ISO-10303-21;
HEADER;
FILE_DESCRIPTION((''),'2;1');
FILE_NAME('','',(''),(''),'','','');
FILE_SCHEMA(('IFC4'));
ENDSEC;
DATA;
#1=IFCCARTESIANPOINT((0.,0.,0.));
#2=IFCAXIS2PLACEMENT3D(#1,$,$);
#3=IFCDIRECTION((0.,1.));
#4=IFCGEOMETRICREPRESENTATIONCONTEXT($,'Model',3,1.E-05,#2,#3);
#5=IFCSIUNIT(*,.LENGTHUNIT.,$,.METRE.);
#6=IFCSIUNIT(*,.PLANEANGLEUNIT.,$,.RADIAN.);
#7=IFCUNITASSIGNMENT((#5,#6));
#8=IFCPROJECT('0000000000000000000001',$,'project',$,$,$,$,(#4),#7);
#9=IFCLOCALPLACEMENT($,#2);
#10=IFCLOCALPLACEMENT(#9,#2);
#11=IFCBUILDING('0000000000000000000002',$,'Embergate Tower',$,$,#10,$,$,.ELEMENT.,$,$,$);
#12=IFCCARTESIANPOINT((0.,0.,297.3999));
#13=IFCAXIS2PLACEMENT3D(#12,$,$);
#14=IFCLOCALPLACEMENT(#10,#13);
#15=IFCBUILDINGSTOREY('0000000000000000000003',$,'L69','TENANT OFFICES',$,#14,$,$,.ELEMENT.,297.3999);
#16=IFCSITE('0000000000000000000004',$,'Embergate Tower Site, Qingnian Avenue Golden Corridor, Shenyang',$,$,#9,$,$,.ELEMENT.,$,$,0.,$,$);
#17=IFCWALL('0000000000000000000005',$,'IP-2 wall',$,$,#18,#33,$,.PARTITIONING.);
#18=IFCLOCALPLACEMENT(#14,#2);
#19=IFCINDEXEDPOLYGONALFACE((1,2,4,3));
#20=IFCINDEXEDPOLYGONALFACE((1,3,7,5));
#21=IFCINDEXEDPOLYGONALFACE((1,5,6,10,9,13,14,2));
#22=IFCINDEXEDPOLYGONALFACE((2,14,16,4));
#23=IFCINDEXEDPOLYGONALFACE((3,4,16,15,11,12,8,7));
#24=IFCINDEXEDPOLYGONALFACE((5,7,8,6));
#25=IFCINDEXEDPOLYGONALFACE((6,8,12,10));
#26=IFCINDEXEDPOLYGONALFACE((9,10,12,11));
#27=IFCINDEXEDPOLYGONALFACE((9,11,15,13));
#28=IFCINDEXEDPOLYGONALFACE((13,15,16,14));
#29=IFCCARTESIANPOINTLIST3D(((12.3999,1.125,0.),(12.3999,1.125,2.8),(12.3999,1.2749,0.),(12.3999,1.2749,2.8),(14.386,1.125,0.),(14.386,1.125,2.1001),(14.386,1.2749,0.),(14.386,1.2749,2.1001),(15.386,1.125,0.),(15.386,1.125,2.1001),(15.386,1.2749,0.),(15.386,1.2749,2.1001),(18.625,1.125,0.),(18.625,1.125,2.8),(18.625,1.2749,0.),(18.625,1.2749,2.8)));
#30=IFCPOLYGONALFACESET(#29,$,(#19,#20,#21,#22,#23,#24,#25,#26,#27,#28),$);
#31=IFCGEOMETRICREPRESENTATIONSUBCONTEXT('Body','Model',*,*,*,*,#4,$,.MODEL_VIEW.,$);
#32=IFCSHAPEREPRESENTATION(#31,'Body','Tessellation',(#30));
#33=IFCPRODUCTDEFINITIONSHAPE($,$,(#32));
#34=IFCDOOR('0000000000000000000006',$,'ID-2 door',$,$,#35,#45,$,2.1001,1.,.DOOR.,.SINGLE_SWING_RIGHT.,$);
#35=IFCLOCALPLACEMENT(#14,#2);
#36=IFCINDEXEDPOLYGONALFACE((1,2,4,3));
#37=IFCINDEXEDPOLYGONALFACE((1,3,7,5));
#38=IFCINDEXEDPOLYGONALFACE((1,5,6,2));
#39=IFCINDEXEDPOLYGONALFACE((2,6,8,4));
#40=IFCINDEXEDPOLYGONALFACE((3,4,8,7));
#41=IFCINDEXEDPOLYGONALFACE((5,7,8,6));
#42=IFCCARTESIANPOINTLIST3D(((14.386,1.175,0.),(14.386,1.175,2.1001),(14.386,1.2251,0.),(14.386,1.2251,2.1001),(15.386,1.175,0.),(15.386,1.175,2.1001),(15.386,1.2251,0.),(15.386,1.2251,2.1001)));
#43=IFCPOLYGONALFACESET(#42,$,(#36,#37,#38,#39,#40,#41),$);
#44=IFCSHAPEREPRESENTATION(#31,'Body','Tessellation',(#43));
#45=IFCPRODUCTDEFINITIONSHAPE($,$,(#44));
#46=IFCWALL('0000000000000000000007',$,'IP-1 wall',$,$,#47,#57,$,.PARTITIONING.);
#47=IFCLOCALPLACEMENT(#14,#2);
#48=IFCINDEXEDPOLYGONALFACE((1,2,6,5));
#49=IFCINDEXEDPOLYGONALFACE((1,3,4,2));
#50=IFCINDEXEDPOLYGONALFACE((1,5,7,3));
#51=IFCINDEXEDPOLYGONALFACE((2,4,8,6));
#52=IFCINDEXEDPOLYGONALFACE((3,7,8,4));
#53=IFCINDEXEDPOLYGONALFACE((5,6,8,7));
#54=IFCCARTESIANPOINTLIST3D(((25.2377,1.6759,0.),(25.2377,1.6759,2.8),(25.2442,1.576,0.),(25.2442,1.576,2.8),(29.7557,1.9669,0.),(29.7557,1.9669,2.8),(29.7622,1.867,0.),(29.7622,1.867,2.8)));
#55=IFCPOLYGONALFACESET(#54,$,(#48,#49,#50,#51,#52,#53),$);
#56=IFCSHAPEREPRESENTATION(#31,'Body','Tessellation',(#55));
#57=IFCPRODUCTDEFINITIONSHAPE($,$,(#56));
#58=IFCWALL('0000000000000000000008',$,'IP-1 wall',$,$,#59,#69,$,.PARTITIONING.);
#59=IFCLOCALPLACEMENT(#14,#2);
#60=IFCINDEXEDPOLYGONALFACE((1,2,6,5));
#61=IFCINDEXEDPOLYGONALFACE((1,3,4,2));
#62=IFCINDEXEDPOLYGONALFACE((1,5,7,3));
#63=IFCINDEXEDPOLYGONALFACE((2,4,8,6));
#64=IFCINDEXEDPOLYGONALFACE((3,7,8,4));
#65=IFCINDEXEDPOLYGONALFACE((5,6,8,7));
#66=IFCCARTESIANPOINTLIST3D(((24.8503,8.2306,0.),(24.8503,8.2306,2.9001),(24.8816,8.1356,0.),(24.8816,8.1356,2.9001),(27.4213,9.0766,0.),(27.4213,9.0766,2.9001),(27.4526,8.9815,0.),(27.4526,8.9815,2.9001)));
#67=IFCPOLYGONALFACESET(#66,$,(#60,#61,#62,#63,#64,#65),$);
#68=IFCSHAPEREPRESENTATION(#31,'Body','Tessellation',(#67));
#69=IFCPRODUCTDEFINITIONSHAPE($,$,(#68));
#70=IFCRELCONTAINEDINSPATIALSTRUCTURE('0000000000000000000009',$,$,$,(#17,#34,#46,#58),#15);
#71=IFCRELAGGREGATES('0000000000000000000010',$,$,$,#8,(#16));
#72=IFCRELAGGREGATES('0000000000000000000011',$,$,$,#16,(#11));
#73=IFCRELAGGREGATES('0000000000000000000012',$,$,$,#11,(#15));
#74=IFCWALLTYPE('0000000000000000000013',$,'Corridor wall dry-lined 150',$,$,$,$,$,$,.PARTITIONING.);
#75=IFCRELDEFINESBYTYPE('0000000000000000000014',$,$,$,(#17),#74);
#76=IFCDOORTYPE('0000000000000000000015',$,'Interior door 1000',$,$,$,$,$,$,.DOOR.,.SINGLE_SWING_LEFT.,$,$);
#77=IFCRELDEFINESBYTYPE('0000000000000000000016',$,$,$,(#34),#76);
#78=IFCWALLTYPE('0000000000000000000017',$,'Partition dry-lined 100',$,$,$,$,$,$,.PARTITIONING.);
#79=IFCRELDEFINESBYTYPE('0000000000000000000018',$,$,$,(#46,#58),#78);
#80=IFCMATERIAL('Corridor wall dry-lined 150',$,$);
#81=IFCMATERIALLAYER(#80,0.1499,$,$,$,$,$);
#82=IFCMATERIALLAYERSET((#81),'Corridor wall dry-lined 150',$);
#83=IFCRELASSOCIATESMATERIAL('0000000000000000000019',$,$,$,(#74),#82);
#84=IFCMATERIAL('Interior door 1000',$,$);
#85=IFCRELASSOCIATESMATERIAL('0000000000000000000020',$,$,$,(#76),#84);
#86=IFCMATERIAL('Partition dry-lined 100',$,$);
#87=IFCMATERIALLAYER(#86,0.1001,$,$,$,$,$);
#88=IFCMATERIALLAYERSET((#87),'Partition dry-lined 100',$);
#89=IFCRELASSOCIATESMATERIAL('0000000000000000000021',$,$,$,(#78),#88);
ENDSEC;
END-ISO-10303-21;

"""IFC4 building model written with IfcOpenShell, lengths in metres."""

from ifc_helpers import new_model, si_unit, direction, frame, frame_2d, origin, place, context, subcontext, project, spatial, rectangle, extrude, source, transform, mapped, material, layer, layer_set, type_object, element, fill, save


model = new_model("IFC4")

# Units and contexts
model_context = context("Model", 3, precision=1e-05, world=origin(), true_north=direction((0.0, 1.0)))
body_context = subcontext(model_context, "Body", "Model", "MODEL_VIEW")
ifc_project = project(units=[si_unit("LENGTHUNIT", "METRE"), si_unit("PLANEANGLEUNIT", "RADIAN")], contexts=[model_context])

# Site, building, storey
site_placement = place(None, origin())
site = spatial("IfcSite", under=ifc_project, at=site_placement, Name="Embergate Tower Site, Qingnian Avenue Golden Corridor, Shenyang", CompositionType="ELEMENT", RefElevation=0.0)
building_placement = place(site_placement, origin())
building = spatial("IfcBuilding", under=site, at=building_placement, Name="Embergate Tower", CompositionType="ELEMENT")
storey_placement = place(building_placement, frame((0.0, 0.0, 297.3999)))
storey = spatial("IfcBuildingStorey", under=building, at=storey_placement, Name="L69", Description="TENANT OFFICES", CompositionType="ELEMENT", Elevation=297.3999)

# Shared definitions
ifc_material_1 = material(Name="Corridor wall dry-lined 150")
ifc_layer_1 = layer(ifc_material_1, 0.1499)
ifc_layer_set_1 = layer_set([ifc_layer_1], Name="Corridor wall dry-lined 150")
wall_type_1 = type_object("IfcWallType", Name="Corridor wall dry-lined 150", PredefinedType="PARTITIONING", material=ifc_layer_set_1)

# Shared definitions
shared_shape_1 = source(origin(), body_context, "Body", "SweptSolid", [
    extrude(rectangle(XDim=1.0, YDim=2.1001, at=frame_2d((0.5, 1.05))), frame((0.0, 0.085, 0.0), z_axis=(0.0, -1.0, 0.0), x_axis=(1.0, 0.0, 0.0)), (0.0, 0.0, 1.0), 0.1699),
])
ifc_material_2 = material(Name="Interior door 1000")
door_type_1 = type_object("IfcDoorType", Name="Interior door 1000", OperationType="SINGLE_SWING_LEFT", PredefinedType="DOOR", material=ifc_material_2)
shared_shape_2 = source(origin(), body_context, "Body", "SweptSolid", [
    extrude(rectangle(XDim=1.0, YDim=2.1001, at=frame_2d((0.5, 1.05))), frame((0.0, 0.0249, 0.0), z_axis=(0.0, -1.0, 0.0), x_axis=(1.0, 0.0, 0.0)), (0.0, 0.0, 1.0), 0.05),
])

# Wall, opening, door
shared_shape_3 = source(origin(), body_context, "Body", "SweptSolid", [
    extrude(rectangle(XDim=6.2251, YDim=0.1499, at=frame_2d((3.1125, 0.0))), origin(), (0.0, 0.0, 1.0), 2.8),
])
wall_1_placement = place(storey_placement, frame((18.625, 1.2, 0.0), z_axis=(0.0, 0.0, 1.0), x_axis=(-1.0, 0.0, 0.0)))
wall_1 = element("IfcWall", 1, at=wall_1_placement, inside=storey, type_object=wall_type_1, Name="IP-2 wall", PredefinedType="PARTITIONING", context=body_context, shape_type="MappedRepresentation", body=[
    mapped(shared_shape_3, transform((0.0, 0.0, 0.0))),
])
opening_1_placement = place(wall_1_placement, frame((3.239, 0.0, 0.0)))
opening_1 = element("IfcOpeningElement", 2, at=opening_1_placement, cuts=wall_1, PredefinedType="OPENING", context=body_context, shape_type="MappedRepresentation", body=[
    mapped(shared_shape_1, transform((0.0, 0.0, 0.0))),
])
door_1_placement = place(opening_1_placement, origin())
door_1 = element("IfcDoor", 3, at=door_1_placement, inside=storey, type_object=door_type_1, Name="ID-2 door", OperationType="SINGLE_SWING_RIGHT", OverallHeight=2.1001, OverallWidth=1.0, PredefinedType="DOOR", context=body_context, shape_type="MappedRepresentation", body=[
    mapped(shared_shape_2, transform((0.0, 0.0, 0.0))),
])
fill(opening_1, door_1)

# Walls
ifc_material_3 = material(Name="Partition dry-lined 100")
ifc_layer_2 = layer(ifc_material_3, 0.1001)
ifc_layer_set_2 = layer_set([ifc_layer_2], Name="Partition dry-lined 100")
wall_type_2 = type_object("IfcWallType", Name="Partition dry-lined 100", PredefinedType="PARTITIONING", material=ifc_layer_set_2)
shared_shape_4 = source(origin(), body_context, "Body", "SweptSolid", [
    extrude(rectangle(XDim=4.5273, YDim=0.1001, at=frame_2d((2.2637, 0.0))), origin(), (0.0, 0.0, 1.0), 2.8),
])
wall_2_placement = place(storey_placement, frame((25.241, 1.626, 0.0), z_axis=(0.0, 0.0, 1.0), x_axis=(0.997932, 0.064278, 0.0)))
element("IfcWall", 4, at=wall_2_placement, inside=storey, type_object=wall_type_2, Name="IP-1 wall", PredefinedType="PARTITIONING", context=body_context, shape_type="MappedRepresentation", body=[
    mapped(shared_shape_4, transform((0.0, 0.0, 0.0))),
])
shared_shape_5 = source(origin(), body_context, "Body", "SweptSolid", [
    extrude(rectangle(XDim=2.7065, YDim=0.1001, at=frame_2d((1.3533, 0.0))), origin(), (0.0, 0.0, 1.0), 2.9001),
])
wall_3_placement = place(storey_placement, frame((24.866, 8.1831, 0.0), z_axis=(0.0, 0.0, 1.0), x_axis=(0.949903, 0.312545, 0.0)))
element("IfcWall", 5, at=wall_3_placement, inside=storey, type_object=wall_type_2, Name="IP-1 wall", PredefinedType="PARTITIONING", context=body_context, shape_type="MappedRepresentation", body=[
    mapped(shared_shape_5, transform((0.0, 0.0, 0.0))),
])

save(model, "model.ifc")
